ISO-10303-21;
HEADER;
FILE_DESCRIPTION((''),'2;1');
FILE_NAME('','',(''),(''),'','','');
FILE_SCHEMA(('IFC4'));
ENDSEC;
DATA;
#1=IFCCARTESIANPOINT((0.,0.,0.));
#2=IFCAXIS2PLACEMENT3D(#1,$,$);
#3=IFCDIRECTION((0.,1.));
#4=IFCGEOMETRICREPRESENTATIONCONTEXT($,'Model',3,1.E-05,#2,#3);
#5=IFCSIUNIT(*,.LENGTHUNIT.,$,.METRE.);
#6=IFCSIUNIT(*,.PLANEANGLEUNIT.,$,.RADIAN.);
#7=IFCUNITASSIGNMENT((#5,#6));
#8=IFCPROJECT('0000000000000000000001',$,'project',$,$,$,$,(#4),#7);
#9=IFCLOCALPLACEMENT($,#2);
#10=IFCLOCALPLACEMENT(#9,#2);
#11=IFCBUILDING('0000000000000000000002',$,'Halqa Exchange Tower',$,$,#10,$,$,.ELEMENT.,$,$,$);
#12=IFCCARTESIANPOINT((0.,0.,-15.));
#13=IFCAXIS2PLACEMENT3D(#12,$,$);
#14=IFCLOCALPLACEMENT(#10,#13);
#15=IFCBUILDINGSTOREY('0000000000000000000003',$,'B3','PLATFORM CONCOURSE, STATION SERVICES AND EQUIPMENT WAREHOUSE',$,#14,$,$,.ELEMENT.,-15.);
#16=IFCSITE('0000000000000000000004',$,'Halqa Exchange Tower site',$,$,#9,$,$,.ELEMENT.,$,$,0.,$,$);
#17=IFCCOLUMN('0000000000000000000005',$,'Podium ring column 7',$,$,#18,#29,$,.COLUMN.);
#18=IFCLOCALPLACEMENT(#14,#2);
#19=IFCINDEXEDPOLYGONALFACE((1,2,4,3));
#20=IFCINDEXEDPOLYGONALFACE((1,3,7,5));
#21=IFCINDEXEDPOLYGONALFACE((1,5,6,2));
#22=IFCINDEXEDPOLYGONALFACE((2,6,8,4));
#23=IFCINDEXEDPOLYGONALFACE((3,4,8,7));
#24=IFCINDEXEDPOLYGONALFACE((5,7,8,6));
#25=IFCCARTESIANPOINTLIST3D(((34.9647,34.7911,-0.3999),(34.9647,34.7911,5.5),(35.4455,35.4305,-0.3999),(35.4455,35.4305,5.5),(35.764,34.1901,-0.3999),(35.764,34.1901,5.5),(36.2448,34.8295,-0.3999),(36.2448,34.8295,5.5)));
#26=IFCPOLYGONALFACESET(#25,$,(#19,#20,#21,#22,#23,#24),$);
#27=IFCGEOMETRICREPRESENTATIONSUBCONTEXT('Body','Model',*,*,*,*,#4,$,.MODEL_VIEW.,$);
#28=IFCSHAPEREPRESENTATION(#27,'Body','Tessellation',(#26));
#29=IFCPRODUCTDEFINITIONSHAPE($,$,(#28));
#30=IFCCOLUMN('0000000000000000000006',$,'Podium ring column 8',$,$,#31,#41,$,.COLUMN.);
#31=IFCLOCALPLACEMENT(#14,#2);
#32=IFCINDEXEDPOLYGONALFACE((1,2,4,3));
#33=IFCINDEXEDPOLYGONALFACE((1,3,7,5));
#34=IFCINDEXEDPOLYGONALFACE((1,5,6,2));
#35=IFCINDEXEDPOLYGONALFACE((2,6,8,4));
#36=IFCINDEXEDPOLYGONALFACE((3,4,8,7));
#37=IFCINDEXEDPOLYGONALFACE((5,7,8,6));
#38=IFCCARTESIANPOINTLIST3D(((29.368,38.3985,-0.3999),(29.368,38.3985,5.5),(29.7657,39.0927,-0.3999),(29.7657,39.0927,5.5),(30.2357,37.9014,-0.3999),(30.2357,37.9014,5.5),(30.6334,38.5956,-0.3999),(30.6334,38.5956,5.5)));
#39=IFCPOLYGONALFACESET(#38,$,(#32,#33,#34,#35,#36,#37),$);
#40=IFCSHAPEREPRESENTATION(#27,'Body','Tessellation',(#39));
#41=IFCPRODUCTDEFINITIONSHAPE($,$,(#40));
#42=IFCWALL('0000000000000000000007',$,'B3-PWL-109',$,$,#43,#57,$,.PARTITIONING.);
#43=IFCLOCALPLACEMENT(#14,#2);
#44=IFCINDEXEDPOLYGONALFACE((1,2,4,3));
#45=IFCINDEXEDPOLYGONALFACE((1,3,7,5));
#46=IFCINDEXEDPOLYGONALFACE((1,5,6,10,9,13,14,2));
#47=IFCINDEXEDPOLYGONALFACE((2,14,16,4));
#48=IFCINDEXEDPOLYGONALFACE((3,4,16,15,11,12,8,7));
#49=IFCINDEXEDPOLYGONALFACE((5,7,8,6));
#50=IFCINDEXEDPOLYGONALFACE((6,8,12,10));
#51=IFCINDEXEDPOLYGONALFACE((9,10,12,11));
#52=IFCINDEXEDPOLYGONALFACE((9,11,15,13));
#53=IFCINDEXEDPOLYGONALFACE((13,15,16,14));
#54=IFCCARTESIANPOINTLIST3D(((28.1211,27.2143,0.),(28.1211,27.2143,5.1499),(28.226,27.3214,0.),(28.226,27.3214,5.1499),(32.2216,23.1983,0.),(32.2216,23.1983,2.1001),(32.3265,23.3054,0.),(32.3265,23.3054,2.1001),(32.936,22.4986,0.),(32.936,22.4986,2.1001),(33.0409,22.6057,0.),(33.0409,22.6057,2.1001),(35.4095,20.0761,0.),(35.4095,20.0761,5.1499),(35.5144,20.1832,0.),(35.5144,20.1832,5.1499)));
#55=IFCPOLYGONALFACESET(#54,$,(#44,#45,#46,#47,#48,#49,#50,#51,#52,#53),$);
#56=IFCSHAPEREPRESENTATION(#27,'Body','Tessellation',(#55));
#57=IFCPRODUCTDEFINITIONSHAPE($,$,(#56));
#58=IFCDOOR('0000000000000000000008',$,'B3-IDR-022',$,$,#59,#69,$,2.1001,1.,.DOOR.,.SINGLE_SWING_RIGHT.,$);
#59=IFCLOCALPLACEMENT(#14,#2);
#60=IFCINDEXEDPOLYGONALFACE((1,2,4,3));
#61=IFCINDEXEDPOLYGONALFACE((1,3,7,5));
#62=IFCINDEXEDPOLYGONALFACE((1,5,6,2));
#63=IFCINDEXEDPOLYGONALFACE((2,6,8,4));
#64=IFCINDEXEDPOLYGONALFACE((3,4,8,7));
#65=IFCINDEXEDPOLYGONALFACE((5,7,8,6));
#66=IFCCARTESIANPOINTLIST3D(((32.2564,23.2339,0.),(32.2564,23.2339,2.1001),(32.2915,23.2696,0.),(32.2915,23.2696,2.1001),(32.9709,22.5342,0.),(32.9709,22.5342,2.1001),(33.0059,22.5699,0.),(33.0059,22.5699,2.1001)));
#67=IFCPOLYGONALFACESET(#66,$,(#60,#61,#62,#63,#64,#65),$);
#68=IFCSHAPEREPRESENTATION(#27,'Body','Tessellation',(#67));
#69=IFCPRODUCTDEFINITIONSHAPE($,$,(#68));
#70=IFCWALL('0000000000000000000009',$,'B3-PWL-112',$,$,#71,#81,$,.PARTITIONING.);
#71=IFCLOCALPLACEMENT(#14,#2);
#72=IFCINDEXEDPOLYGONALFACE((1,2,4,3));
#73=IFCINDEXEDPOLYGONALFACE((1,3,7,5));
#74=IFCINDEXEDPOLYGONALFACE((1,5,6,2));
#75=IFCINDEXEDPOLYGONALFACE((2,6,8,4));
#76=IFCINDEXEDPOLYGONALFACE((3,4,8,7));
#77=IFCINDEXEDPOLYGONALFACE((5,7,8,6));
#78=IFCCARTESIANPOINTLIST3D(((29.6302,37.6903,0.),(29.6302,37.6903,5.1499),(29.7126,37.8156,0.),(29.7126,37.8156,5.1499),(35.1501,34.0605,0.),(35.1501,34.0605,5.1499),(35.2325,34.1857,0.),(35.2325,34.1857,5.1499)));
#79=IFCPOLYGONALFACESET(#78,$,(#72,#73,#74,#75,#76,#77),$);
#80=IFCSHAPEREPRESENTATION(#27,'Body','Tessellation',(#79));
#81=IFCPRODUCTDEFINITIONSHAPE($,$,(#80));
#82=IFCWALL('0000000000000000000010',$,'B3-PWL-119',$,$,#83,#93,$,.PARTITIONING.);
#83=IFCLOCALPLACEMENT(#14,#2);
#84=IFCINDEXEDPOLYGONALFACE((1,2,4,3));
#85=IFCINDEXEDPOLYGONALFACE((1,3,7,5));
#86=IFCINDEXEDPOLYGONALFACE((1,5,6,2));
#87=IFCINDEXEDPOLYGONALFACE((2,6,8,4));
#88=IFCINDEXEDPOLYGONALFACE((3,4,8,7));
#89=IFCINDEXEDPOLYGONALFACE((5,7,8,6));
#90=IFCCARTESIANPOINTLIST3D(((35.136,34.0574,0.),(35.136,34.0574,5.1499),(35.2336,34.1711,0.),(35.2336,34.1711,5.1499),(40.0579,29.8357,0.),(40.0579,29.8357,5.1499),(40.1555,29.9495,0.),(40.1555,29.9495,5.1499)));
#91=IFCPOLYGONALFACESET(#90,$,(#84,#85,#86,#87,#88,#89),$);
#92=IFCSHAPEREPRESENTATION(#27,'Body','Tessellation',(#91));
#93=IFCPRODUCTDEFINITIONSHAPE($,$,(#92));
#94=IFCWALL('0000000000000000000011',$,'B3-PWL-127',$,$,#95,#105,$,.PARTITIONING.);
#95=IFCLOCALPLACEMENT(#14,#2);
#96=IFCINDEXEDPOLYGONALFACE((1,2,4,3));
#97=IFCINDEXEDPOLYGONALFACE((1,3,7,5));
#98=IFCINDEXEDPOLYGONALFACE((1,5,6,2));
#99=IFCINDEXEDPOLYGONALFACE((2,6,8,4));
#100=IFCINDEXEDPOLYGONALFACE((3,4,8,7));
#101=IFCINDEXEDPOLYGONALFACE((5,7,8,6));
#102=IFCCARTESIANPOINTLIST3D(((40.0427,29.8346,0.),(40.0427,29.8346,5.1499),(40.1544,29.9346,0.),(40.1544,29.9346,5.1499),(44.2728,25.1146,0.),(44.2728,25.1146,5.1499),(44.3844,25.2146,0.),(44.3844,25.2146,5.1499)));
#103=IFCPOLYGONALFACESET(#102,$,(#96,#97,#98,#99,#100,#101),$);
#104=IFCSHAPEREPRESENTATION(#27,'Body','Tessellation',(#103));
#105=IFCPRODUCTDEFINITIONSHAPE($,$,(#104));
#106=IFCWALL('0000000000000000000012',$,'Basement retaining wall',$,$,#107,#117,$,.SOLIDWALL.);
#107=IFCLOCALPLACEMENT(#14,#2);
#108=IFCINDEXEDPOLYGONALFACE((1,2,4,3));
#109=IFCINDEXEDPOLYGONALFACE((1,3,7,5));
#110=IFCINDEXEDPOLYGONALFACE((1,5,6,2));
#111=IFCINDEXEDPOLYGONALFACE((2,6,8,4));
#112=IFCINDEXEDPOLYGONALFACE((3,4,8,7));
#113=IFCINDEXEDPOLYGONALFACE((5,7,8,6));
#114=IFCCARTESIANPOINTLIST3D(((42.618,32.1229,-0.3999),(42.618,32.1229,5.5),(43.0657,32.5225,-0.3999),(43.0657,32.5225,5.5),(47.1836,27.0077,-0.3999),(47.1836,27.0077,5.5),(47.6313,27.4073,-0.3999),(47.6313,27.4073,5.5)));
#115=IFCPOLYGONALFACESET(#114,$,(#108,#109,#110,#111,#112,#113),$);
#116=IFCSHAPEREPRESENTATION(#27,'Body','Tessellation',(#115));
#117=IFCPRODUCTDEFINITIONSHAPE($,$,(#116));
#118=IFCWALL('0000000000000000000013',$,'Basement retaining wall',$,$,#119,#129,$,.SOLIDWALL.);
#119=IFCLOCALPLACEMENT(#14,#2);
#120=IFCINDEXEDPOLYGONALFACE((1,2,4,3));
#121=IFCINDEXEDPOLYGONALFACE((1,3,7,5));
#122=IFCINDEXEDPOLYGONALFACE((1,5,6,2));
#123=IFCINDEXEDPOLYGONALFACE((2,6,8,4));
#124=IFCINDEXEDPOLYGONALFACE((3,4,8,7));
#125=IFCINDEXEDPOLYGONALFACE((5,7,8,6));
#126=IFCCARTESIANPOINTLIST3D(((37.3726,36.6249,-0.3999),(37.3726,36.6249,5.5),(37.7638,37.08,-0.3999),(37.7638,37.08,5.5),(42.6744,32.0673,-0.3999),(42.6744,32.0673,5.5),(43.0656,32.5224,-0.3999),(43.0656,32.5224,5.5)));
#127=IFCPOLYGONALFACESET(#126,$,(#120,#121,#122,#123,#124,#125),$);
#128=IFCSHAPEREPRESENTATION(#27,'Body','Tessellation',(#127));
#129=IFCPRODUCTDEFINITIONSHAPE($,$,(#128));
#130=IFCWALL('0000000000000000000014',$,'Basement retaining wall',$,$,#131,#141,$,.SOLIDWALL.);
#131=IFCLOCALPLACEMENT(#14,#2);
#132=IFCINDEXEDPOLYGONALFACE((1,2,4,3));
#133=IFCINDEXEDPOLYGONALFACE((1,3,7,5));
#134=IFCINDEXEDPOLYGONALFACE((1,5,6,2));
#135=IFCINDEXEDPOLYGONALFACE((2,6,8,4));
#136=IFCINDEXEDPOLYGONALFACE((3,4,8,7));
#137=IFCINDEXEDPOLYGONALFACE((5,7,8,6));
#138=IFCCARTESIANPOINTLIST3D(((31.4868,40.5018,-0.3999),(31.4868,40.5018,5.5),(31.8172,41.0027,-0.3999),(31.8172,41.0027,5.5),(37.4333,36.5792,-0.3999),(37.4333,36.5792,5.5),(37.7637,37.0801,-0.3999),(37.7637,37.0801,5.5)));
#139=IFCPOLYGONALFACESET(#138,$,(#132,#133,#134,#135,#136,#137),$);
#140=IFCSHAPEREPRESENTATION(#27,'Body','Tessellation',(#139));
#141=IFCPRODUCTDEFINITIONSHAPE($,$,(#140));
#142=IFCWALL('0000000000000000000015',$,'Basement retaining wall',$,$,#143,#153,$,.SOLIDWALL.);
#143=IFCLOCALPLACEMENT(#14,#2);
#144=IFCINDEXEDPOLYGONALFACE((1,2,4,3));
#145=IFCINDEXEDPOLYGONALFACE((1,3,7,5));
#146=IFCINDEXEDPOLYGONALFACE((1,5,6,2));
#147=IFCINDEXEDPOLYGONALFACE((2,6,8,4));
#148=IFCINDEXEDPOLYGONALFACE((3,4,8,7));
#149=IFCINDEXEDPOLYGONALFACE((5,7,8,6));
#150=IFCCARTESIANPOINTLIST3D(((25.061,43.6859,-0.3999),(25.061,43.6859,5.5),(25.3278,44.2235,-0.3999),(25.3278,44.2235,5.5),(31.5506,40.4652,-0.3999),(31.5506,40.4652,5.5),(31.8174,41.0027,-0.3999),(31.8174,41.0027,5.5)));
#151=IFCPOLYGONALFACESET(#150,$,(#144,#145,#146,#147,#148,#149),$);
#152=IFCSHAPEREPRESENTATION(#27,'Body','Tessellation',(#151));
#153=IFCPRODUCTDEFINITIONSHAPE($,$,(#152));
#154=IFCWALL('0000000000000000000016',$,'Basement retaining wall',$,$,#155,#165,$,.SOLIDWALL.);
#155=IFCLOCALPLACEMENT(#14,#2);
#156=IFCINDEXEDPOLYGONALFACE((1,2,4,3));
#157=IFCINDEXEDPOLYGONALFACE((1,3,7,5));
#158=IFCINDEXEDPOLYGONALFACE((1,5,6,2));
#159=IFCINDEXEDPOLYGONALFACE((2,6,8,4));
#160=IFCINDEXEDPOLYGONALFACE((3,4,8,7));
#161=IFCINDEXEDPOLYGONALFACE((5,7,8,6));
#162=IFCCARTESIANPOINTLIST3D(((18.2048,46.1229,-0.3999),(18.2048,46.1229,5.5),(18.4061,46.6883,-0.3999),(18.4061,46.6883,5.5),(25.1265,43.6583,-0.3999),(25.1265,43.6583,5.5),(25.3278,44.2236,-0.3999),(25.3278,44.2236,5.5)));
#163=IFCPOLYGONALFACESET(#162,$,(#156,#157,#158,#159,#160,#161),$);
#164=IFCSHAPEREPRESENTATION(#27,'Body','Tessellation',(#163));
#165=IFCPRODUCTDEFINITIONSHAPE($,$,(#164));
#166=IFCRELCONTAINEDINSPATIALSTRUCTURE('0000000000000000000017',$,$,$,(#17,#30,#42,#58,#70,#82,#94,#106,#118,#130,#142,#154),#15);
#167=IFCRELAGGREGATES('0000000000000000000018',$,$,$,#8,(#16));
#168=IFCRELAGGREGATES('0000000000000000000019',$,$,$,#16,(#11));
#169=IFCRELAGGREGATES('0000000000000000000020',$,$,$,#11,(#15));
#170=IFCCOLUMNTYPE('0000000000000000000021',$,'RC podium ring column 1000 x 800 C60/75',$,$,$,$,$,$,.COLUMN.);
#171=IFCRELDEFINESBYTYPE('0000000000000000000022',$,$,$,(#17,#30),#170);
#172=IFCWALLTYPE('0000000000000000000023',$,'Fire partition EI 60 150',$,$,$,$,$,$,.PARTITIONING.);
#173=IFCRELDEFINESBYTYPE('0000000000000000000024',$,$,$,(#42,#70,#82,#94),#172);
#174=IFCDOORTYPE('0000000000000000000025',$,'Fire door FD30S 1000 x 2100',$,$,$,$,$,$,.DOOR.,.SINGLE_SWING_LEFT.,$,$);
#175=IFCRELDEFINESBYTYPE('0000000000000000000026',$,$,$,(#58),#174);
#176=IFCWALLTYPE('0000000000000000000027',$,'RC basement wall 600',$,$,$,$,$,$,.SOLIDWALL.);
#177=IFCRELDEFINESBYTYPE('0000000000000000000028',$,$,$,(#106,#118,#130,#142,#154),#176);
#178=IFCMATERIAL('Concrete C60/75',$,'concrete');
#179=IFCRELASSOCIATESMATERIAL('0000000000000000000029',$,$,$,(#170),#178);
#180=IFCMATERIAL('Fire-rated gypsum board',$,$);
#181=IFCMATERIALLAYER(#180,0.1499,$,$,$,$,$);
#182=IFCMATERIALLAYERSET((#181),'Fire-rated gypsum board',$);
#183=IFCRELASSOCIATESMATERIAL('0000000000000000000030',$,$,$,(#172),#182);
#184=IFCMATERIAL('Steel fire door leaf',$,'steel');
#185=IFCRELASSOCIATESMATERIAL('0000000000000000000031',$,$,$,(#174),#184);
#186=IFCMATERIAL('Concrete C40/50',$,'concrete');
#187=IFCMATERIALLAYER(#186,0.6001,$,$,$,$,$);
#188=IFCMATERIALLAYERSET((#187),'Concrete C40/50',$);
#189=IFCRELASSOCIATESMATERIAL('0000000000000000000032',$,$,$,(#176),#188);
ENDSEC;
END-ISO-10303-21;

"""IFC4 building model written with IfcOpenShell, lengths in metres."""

from ifc_helpers import new_model, si_unit, direction, frame, frame_2d, origin, origin_2d, place, context, subcontext, project, spatial, rectangle, extrude, material, layer, layer_set, material_profile, profile_set, type_object, element, fill, save


model = new_model("IFC4")

# Units and contexts
model_context = context("Model", 3, precision=1e-05, world=origin(), true_north=direction((0.0, 1.0)))
body_context = subcontext(model_context, "Body", "Model", "MODEL_VIEW")
ifc_project = project(units=[si_unit("LENGTHUNIT", "METRE"), si_unit("PLANEANGLEUNIT", "RADIAN")], contexts=[model_context])

# Site, building, storey
site_placement = place(None, origin())
site = spatial("IfcSite", under=ifc_project, at=site_placement, Name="Halqa Exchange Tower site", CompositionType="ELEMENT", RefElevation=0.0)
building_placement = place(site_placement, origin())
building = spatial("IfcBuilding", under=site, at=building_placement, Name="Halqa Exchange Tower", CompositionType="ELEMENT")
storey_placement = place(building_placement, frame((0.0, 0.0, -15.0)))
storey = spatial("IfcBuildingStorey", under=building, at=storey_placement, Name="B3", Description="PLATFORM CONCOURSE, STATION SERVICES AND EQUIPMENT WAREHOUSE", CompositionType="ELEMENT", Elevation=-15.0)

# Shared definitions
ifc_material_1 = material(Name="Concrete C40/50", Category="concrete")

# Columns
ifc_material_2 = material(Name="Concrete C60/75", Category="concrete")
ifc_material_profile_1 = material_profile(ifc_material_2, rectangle(XDim=1.0, YDim=0.8, at=origin_2d()), Name="1000 x 800")
ifc_profile_set_1 = profile_set([ifc_material_profile_1], Name="Concrete C60/75")
column_type = type_object("IfcColumnType", Name="RC podium ring column 1000 x 800 C60/75", PredefinedType="COLUMN", material=ifc_profile_set_1)
for number, where, z_axis, x_axis, name in (
    (1, (35.6047, 34.8103, -0.3999), (0.0, 0.0, 1.0), (-0.79926, 0.600985, 0.0), "Podium ring column 7"),
    (2, (30.0007, 38.4971, -0.3999), (0.0, 0.0, 1.0), (-0.867693, 0.4971, 0.0), "Podium ring column 8"),
):
    element("IfcColumn", number, at=place(storey_placement, frame(where, z_axis=z_axis, x_axis=x_axis)), inside=storey, type_object=column_type, Name=name, PredefinedType="COLUMN", context=body_context, shape_type="SweptSolid", body=[
        extrude(rectangle(XDim=1.0, YDim=0.8, at=origin_2d()), origin(), (0.0, 0.0, 1.0), 5.8999),
    ])

# Wall, opening, door
ifc_material_3 = material(Name="Fire-rated gypsum board")
ifc_layer_1 = layer(ifc_material_3, 0.1499)
ifc_layer_set_1 = layer_set([ifc_layer_1], Name="Fire-rated gypsum board")
wall_type_1 = type_object("IfcWallType", Name="Fire partition EI 60 150", PredefinedType="PARTITIONING", material=ifc_layer_set_1)
wall_1_placement = place(storey_placement, frame((28.1736, 27.2678, 0.0), z_axis=(0.0, 0.0, 1.0), x_axis=(0.714427, -0.69971, 0.0)))
wall_1 = element("IfcWall", 3, at=wall_1_placement, inside=storey, type_object=wall_type_1, Name="B3-PWL-109", PredefinedType="PARTITIONING", context=body_context, shape_type="SweptSolid", body=[
    extrude(rectangle(XDim=10.2017, YDim=0.1499, at=frame_2d((5.1008, 0.0))), origin(), (0.0, 0.0, 1.0), 5.1499),
])
opening_placement = place(wall_1_placement, frame((5.7395, 0.0, 0.0)))
opening = element("IfcOpeningElement", 4, at=opening_placement, cuts=wall_1, PredefinedType="OPENING", context=body_context, shape_type="SweptSolid", body=[
    extrude(rectangle(XDim=1.0, YDim=2.1001, at=frame_2d((0.5, 1.05))), frame((0.0, 0.0869, 0.0), z_axis=(0.0, -1.0, 0.0), x_axis=(1.0, 0.0, 0.0)), (0.0, 0.0, 1.0), 0.1738),
])
ifc_material_4 = material(Name="Steel fire door leaf", Category="steel")
door_type = type_object("IfcDoorType", Name="Fire door FD30S 1000 x 2100", OperationType="SINGLE_SWING_LEFT", PredefinedType="DOOR", material=ifc_material_4)
door_placement = place(opening_placement, origin())
door = element("IfcDoor", 5, at=door_placement, inside=storey, type_object=door_type, Name="B3-IDR-022", OperationType="SINGLE_SWING_RIGHT", OverallHeight=2.1001, OverallWidth=1.0, PredefinedType="DOOR", context=body_context, shape_type="SweptSolid", body=[
    extrude(rectangle(XDim=1.0, YDim=2.1001, at=frame_2d((0.5, 1.05))), frame((0.0, 0.0249, 0.0), z_axis=(0.0, -1.0, 0.0), x_axis=(1.0, 0.0, 0.0)), (0.0, 0.0, 1.0), 0.05),
])
fill(opening, door)

# Walls
wall_2_placement = place(storey_placement, frame((29.6714, 37.7529, 0.0), z_axis=(0.0, 0.0, 1.0), x_axis=(0.835536, -0.549436, 0.0)))
element("IfcWall", 6, at=wall_2_placement, inside=storey, type_object=wall_type_1, Name="B3-PWL-112", PredefinedType="PARTITIONING", context=body_context, shape_type="SweptSolid", body=[
    extrude(rectangle(XDim=6.6064, YDim=0.1499, at=frame_2d((3.3032, 0.0))), origin(), (0.0, 0.0, 1.0), 5.1499),
])
wall_3_placement = place(storey_placement, frame((35.1848, 34.1143, 0.0), z_axis=(0.0, 0.0, 1.0), x_axis=(0.759033, -0.651052, 0.0)))
element("IfcWall", 7, at=wall_3_placement, inside=storey, type_object=wall_type_1, Name="B3-PWL-119", PredefinedType="PARTITIONING", context=body_context, shape_type="SweptSolid", body=[
    extrude(rectangle(XDim=6.4844, YDim=0.1499, at=frame_2d((3.2422, 0.0))), origin(), (0.0, 0.0, 1.0), 5.1499),
])
wall_4_placement = place(storey_placement, frame((40.0986, 29.8845, 0.0), z_axis=(0.0, 0.0, 1.0), x_axis=(0.667395, -0.744704, 0.0)))
element("IfcWall", 8, at=wall_4_placement, inside=storey, type_object=wall_type_1, Name="B3-PWL-127", PredefinedType="PARTITIONING", context=body_context, shape_type="SweptSolid", body=[
    extrude(rectangle(XDim=6.3381, YDim=0.1499, at=frame_2d((3.1689, 0.0))), origin(), (0.0, 0.0, 1.0), 5.1499),
])
ifc_layer_2 = layer(ifc_material_1, 0.6001)
ifc_layer_set_2 = layer_set([ifc_layer_2], Name="Concrete C40/50")
wall_type_2 = type_object("IfcWallType", Name="RC basement wall 600", PredefinedType="SOLIDWALL", material=ifc_layer_set_2)
wall_5_placement = place(storey_placement, frame((47.4075, 27.2075, -0.3999), z_axis=(0.0, 0.0, 1.0), x_axis=(-0.665894, 0.746046, 0.0)))
element("IfcWall", 9, at=wall_5_placement, inside=storey, type_object=wall_type_2, Name="Basement retaining wall", PredefinedType="SOLIDWALL", context=body_context, shape_type="SweptSolid", body=[
    extrude(rectangle(XDim=6.8564, YDim=0.6001, at=frame_2d((3.4282, 0.0))), origin(), (0.0, 0.0, 1.0), 5.8999),
])
wall_6_placement = place(storey_placement, frame((42.8699, 32.2949, -0.3999), z_axis=(0.0, 0.0, 1.0), x_axis=(-0.758319, 0.651883, 0.0)))
element("IfcWall", 10, at=wall_6_placement, inside=storey, type_object=wall_type_2, Name="Basement retaining wall", PredefinedType="SOLIDWALL", context=body_context, shape_type="SweptSolid", body=[
    extrude(rectangle(XDim=6.9915, YDim=0.6001, at=frame_2d((3.4956, 0.0))), origin(), (0.0, 0.0, 1.0), 5.8999),
])
wall_7_placement = place(storey_placement, frame((37.5986, 36.8296, -0.3999), z_axis=(0.0, 0.0, 1.0), x_axis=(-0.834745, 0.550636, 0.0)))
element("IfcWall", 11, at=wall_7_placement, inside=storey, type_object=wall_type_2, Name="Basement retaining wall", PredefinedType="SOLIDWALL", context=body_context, shape_type="SweptSolid", body=[
    extrude(rectangle(XDim=7.1238, YDim=0.6001, at=frame_2d((3.562, 0.0))), origin(), (0.0, 0.0, 1.0), 5.8999),
])
wall_8_placement = place(storey_placement, frame((31.6841, 40.7339, -0.3999), z_axis=(0.0, 0.0, 1.0), x_axis=(-0.895751, 0.444556, 0.0)))
element("IfcWall", 12, at=wall_8_placement, inside=storey, type_object=wall_type_2, Name="Basement retaining wall", PredefinedType="SOLIDWALL", context=body_context, shape_type="SweptSolid", body=[
    extrude(rectangle(XDim=7.2449, YDim=0.6001, at=frame_2d((3.6226, 0.0))), origin(), (0.0, 0.0, 1.0), 5.8999),
])
wall_9_placement = place(storey_placement, frame((25.2273, 43.9409, -0.3999), z_axis=(0.0, 0.0, 1.0), x_axis=(-0.942061, 0.335442, 0.0)))
element("IfcWall", 13, at=wall_9_placement, inside=storey, type_object=wall_type_2, Name="Basement retaining wall", PredefinedType="SOLIDWALL", context=body_context, shape_type="SweptSolid", body=[
    extrude(rectangle(XDim=7.3474, YDim=0.6001, at=frame_2d((3.6738, 0.0))), origin(), (0.0, 0.0, 1.0), 5.8999),
])

save(model, "model.ifc")
